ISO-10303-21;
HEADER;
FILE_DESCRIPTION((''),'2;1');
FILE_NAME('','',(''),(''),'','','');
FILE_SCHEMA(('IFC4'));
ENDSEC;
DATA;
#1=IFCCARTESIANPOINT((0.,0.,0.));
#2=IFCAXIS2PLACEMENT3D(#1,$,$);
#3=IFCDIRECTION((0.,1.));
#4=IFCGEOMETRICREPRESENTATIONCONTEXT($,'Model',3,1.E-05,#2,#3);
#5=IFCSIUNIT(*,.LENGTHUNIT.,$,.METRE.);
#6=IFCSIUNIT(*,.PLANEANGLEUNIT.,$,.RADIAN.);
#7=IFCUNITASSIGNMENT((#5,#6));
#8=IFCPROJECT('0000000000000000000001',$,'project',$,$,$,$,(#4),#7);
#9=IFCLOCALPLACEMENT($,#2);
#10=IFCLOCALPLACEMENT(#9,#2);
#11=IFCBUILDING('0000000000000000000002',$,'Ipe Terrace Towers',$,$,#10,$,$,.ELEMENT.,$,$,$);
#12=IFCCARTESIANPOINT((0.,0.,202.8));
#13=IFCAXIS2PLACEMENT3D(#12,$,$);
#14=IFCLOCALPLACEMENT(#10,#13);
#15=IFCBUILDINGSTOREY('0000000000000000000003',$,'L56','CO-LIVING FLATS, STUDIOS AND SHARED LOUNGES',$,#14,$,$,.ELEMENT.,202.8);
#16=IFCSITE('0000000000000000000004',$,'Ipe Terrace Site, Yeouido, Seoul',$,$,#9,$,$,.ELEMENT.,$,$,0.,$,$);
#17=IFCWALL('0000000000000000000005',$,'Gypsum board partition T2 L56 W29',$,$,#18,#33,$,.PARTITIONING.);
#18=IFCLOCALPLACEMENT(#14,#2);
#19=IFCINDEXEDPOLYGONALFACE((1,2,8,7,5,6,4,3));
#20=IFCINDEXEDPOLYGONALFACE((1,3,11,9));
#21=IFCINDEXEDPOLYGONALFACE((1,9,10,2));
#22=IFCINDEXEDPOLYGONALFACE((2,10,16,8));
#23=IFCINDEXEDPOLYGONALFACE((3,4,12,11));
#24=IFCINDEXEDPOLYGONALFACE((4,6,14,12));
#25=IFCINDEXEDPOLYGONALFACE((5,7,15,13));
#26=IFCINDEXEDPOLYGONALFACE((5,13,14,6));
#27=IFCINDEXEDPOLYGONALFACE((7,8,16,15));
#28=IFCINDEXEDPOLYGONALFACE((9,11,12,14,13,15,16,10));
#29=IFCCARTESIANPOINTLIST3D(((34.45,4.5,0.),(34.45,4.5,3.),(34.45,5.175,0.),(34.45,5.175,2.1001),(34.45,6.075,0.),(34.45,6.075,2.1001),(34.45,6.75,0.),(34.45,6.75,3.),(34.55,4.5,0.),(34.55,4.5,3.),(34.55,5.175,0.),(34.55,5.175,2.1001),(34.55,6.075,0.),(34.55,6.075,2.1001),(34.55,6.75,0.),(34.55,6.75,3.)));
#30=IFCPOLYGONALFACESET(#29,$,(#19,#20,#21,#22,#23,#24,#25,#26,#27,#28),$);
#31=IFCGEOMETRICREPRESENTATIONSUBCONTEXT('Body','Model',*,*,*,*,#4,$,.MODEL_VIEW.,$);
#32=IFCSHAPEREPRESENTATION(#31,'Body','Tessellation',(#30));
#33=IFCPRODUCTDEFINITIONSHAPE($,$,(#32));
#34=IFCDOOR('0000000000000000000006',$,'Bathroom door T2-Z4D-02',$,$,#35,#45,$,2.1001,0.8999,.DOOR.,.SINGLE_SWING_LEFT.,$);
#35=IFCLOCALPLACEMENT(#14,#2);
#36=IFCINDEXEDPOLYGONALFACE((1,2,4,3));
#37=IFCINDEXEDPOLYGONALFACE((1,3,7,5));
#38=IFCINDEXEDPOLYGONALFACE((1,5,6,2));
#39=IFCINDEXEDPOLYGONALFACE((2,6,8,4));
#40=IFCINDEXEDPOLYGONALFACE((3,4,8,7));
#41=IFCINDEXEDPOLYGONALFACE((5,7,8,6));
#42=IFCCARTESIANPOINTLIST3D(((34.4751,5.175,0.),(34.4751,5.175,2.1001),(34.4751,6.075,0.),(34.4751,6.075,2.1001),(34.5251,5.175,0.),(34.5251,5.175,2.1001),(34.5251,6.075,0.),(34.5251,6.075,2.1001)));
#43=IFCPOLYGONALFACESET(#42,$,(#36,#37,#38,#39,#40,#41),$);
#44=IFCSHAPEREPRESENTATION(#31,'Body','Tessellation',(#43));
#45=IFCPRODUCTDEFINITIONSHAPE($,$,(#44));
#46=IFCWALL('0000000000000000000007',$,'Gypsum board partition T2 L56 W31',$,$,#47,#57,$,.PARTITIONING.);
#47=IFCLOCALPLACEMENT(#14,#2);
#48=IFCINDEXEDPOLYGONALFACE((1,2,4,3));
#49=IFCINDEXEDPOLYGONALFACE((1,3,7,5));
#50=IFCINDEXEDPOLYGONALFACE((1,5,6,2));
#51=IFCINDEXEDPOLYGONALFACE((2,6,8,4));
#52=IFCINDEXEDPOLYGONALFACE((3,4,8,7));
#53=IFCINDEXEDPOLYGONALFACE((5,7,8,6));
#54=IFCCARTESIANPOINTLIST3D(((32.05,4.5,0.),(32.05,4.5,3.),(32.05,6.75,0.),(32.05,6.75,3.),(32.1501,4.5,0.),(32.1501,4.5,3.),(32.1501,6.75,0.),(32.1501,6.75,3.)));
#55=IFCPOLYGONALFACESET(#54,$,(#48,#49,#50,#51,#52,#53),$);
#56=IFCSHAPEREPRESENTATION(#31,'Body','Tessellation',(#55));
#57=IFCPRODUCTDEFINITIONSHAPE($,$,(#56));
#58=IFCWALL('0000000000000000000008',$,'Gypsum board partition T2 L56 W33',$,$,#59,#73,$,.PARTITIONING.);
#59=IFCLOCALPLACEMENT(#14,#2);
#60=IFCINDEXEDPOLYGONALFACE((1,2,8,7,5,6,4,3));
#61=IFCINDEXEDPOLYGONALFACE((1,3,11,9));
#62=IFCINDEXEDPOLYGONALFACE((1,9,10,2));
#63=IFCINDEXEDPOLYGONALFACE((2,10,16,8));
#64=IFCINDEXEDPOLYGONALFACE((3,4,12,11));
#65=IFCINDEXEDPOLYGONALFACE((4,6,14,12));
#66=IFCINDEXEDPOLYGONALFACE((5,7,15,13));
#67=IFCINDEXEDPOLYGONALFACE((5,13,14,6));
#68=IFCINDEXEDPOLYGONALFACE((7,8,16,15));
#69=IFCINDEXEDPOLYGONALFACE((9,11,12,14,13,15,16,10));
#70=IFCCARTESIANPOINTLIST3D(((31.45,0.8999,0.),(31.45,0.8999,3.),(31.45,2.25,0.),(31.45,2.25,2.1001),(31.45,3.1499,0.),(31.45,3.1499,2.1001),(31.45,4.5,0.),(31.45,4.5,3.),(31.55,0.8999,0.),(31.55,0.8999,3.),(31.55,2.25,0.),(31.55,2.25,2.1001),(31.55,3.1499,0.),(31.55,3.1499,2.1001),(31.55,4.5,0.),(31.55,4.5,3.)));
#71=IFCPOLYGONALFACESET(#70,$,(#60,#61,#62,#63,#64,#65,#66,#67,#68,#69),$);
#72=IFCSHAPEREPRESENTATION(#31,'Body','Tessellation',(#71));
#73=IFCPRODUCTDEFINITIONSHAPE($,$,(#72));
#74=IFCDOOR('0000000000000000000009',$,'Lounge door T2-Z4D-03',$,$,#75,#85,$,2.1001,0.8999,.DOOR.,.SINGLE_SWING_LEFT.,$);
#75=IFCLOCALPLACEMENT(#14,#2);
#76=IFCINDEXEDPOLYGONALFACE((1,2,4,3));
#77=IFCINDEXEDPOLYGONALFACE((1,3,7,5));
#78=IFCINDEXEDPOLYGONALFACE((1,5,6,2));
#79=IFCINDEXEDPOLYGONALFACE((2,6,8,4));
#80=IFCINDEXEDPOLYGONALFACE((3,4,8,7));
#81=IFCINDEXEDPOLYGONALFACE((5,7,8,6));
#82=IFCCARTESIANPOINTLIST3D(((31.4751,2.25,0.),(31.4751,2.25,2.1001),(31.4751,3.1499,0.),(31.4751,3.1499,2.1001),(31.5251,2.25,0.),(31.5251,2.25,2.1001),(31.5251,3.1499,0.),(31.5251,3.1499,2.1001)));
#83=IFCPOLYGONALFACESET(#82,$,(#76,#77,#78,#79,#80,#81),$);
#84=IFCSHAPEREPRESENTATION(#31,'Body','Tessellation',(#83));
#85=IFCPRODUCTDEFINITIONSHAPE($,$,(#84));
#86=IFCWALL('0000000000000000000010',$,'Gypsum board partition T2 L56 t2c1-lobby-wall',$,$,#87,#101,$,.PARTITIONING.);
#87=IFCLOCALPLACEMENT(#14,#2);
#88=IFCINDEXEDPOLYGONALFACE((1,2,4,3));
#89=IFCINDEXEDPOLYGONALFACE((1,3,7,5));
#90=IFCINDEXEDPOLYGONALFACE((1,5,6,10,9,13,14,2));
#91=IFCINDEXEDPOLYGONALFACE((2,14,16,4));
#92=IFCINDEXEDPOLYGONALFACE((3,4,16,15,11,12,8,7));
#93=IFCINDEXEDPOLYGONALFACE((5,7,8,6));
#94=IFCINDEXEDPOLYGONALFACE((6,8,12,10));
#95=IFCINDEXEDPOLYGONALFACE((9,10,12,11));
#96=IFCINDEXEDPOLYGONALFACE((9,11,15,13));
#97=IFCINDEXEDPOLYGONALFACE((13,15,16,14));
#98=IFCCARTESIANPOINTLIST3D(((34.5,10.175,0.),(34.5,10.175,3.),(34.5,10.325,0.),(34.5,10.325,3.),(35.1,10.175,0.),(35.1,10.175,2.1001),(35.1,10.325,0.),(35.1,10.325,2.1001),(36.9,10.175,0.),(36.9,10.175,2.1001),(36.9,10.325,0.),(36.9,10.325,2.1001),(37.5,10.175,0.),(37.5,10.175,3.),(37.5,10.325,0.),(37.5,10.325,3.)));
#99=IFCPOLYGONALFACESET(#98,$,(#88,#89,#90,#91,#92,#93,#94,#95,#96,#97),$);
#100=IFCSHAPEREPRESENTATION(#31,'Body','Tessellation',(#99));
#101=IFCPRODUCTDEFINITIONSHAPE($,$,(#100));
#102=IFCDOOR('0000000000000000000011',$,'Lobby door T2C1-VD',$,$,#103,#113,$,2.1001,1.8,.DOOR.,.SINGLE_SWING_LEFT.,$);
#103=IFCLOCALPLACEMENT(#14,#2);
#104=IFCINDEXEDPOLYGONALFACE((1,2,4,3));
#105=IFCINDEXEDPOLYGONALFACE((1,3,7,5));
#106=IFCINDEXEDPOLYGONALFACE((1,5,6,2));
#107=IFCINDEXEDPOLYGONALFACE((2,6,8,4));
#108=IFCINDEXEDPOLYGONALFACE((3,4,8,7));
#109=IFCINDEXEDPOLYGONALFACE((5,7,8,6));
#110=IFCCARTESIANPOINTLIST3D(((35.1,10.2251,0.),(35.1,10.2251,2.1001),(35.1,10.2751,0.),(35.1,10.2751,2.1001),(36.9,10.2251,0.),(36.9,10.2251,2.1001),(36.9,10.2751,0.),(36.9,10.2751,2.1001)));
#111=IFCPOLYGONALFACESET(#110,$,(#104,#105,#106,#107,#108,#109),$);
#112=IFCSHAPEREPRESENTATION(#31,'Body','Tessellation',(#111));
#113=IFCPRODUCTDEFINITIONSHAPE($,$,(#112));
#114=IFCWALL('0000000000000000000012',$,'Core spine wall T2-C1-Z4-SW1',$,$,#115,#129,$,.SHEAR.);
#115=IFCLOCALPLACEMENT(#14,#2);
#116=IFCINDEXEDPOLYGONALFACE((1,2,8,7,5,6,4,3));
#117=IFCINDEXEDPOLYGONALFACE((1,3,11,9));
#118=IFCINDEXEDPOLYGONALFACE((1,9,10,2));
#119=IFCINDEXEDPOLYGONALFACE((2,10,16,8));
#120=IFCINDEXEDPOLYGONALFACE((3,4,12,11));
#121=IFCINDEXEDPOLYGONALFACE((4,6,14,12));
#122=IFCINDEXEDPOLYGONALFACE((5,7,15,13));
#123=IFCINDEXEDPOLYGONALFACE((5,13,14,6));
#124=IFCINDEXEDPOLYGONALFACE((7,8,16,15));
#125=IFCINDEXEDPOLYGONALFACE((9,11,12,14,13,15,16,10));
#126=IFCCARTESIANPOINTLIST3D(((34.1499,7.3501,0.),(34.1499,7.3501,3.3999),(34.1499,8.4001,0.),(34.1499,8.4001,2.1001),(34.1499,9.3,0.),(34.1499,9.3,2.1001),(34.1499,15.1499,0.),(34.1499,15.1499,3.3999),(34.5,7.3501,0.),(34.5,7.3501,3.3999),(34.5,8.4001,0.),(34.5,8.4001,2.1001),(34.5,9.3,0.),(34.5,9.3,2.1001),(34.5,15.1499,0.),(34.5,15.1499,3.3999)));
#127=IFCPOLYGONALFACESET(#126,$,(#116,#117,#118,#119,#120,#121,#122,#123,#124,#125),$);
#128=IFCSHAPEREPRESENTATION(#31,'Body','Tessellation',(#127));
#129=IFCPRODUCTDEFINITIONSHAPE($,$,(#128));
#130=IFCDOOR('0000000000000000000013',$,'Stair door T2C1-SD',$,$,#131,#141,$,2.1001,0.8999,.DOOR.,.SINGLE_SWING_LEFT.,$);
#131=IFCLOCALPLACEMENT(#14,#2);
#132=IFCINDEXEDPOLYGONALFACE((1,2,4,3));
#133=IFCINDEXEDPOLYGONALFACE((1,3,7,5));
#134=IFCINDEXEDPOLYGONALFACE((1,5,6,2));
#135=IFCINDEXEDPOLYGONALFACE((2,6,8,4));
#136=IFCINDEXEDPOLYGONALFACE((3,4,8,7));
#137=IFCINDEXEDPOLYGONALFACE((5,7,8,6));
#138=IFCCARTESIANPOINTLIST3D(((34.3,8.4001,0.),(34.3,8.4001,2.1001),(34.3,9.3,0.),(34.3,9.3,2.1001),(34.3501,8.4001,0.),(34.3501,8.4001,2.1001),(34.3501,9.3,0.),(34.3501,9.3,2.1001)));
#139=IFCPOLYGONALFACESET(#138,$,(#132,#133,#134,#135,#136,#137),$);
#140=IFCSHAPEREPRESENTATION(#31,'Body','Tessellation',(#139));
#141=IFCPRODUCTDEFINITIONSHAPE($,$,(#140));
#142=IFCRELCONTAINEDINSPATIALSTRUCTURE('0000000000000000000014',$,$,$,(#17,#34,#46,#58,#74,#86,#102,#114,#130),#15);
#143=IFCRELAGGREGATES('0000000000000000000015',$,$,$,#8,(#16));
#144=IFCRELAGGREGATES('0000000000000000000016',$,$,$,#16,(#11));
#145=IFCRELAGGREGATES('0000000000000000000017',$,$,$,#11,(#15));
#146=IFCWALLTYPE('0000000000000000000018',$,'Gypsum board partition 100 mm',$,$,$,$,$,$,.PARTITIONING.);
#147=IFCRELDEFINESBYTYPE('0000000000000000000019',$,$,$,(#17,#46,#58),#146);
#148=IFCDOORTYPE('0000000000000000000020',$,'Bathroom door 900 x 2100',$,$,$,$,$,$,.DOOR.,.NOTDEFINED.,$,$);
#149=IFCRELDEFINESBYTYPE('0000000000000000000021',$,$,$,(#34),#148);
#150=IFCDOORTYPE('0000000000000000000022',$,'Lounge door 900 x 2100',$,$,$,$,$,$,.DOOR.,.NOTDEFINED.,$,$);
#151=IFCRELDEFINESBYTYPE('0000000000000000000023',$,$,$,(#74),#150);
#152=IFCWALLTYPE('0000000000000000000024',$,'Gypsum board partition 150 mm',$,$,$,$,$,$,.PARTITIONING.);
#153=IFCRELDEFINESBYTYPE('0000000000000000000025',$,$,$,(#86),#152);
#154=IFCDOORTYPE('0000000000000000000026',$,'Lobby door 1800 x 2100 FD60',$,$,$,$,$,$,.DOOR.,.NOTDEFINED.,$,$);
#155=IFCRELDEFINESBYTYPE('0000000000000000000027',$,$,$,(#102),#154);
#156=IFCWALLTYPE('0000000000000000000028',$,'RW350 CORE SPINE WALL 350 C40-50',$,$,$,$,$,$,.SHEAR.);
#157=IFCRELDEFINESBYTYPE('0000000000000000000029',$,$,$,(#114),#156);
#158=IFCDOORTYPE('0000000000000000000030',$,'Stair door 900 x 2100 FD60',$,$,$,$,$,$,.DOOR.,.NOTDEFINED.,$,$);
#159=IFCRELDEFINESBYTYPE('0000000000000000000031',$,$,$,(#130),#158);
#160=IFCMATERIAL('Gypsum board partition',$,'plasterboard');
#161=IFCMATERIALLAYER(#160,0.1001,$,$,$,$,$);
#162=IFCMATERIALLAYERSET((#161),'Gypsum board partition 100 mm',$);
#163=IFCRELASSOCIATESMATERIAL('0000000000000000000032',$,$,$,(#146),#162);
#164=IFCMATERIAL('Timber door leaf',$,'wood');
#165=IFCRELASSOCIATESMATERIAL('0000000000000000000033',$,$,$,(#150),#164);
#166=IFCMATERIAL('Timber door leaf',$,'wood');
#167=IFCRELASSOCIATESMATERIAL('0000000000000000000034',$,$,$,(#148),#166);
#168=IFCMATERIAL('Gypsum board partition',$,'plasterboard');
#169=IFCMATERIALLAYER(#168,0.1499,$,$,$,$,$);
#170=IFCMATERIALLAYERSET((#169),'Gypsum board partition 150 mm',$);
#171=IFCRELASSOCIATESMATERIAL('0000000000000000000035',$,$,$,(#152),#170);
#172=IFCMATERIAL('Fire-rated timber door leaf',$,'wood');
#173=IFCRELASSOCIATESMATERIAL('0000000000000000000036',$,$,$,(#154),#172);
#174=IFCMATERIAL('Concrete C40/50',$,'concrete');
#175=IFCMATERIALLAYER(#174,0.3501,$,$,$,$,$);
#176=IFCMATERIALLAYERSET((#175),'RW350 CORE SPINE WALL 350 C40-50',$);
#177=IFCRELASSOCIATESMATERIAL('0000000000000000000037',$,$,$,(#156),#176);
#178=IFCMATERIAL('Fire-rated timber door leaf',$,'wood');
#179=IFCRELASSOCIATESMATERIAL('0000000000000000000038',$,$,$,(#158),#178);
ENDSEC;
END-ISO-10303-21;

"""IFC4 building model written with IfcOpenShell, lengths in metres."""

from ifc_helpers import new_model, si_unit, direction, frame, frame_2d, origin, place, context, subcontext, project, spatial, rectangle, extrude, material, layer, layer_set, type_object, element, fill, save


model = new_model("IFC4")

# Units and contexts
model_context = context("Model", 3, precision=1e-05, world=origin(), true_north=direction((0.0, 1.0)))
body_context = subcontext(model_context, "Body", "Model", "MODEL_VIEW")
ifc_project = project(units=[si_unit("LENGTHUNIT", "METRE"), si_unit("PLANEANGLEUNIT", "RADIAN")], contexts=[model_context])

# Site, building, storey
site_placement = place(None, origin())
site = spatial("IfcSite", under=ifc_project, at=site_placement, Name="Ipe Terrace Site, Yeouido, Seoul", CompositionType="ELEMENT", RefElevation=0.0)
building_placement = place(site_placement, origin())
building = spatial("IfcBuilding", under=site, at=building_placement, Name="Ipe Terrace Towers", CompositionType="ELEMENT")
storey_placement = place(building_placement, frame((0.0, 0.0, 202.8)))
storey = spatial("IfcBuildingStorey", under=building, at=storey_placement, Name="L56", Description="CO-LIVING FLATS, STUDIOS AND SHARED LOUNGES", CompositionType="ELEMENT", Elevation=202.8)

# Shared definitions
ifc_material_1 = material(Name="Gypsum board partition", Category="plasterboard")
ifc_layer_1 = layer(ifc_material_1, 0.1001)
ifc_layer_set_1 = layer_set([ifc_layer_1], Name="Gypsum board partition 100 mm")
wall_type_1 = type_object("IfcWallType", Name="Gypsum board partition 100 mm", PredefinedType="PARTITIONING", material=ifc_layer_set_1)

# Shared definitions
ifc_material_2 = material(Name="Timber door leaf", Category="wood")
door_type_1 = type_object("IfcDoorType", Name="Lounge door 900 x 2100", OperationType="NOTDEFINED", PredefinedType="DOOR", material=ifc_material_2)

# Wall, opening, door
wall_1_placement = place(storey_placement, frame((34.5, 4.5, 0.0), z_axis=(0.0, 0.0, 1.0), x_axis=(0.0, 1.0, 0.0)))
wall_1 = element("IfcWall", 1, at=wall_1_placement, inside=storey, type_object=wall_type_1, Name="Gypsum board partition T2 L56 W29", PredefinedType="PARTITIONING", context=body_context, shape_type="SweptSolid", body=[
    extrude(rectangle(XDim=2.25, YDim=0.1001, at=frame_2d((1.125, 0.0))), origin(), (0.0, 0.0, 1.0), 3.0),
])
opening_1_placement = place(wall_1_placement, frame((0.675, 0.0, 0.0)))
opening_1 = element("IfcOpeningElement", 2, at=opening_1_placement, cuts=wall_1, PredefinedType="OPENING", context=body_context, shape_type="SweptSolid", body=[
    extrude(rectangle(XDim=0.8999, YDim=2.1001, at=frame_2d((0.45, 1.05))), frame((0.0, 0.0601, 0.0), z_axis=(0.0, -1.0, 0.0), x_axis=(1.0, 0.0, 0.0)), (0.0, 0.0, 1.0), 0.1201),
])
ifc_material_3 = material(Name="Timber door leaf", Category="wood")
door_type_2 = type_object("IfcDoorType", Name="Bathroom door 900 x 2100", OperationType="NOTDEFINED", PredefinedType="DOOR", material=ifc_material_3)
door_1_placement = place(opening_1_placement, origin())
door_1 = element("IfcDoor", 3, at=door_1_placement, inside=storey, type_object=door_type_2, Name="Bathroom door T2-Z4D-02", OperationType="SINGLE_SWING_LEFT", OverallHeight=2.1001, OverallWidth=0.8999, PredefinedType="DOOR", context=body_context, shape_type="SweptSolid", body=[
    extrude(rectangle(XDim=0.8999, YDim=2.1001, at=frame_2d((0.45, 1.05))), frame((0.0, 0.0249, 0.0), z_axis=(0.0, -1.0, 0.0), x_axis=(1.0, 0.0, 0.0)), (0.0, 0.0, 1.0), 0.05),
])
fill(opening_1, door_1)

# Wall
wall_2_placement = place(storey_placement, frame((32.1001, 4.5, 0.0), z_axis=(0.0, 0.0, 1.0), x_axis=(0.0, 1.0, 0.0)))
element("IfcWall", 4, at=wall_2_placement, inside=storey, type_object=wall_type_1, Name="Gypsum board partition T2 L56 W31", PredefinedType="PARTITIONING", context=body_context, shape_type="SweptSolid", body=[
    extrude(rectangle(XDim=2.25, YDim=0.1001, at=frame_2d((1.125, 0.0))), origin(), (0.0, 0.0, 1.0), 3.0),
])

# Walls, openings, doors
wall_3_placement = place(storey_placement, frame((31.5, 0.8999, 0.0), z_axis=(0.0, 0.0, 1.0), x_axis=(0.0, 1.0, 0.0)))
wall_3 = element("IfcWall", 5, at=wall_3_placement, inside=storey, type_object=wall_type_1, Name="Gypsum board partition T2 L56 W33", PredefinedType="PARTITIONING", context=body_context, shape_type="SweptSolid", body=[
    extrude(rectangle(XDim=3.6001, YDim=0.1001, at=frame_2d((1.8, 0.0))), origin(), (0.0, 0.0, 1.0), 3.0),
])
opening_2_placement = place(wall_3_placement, frame((1.3501, 0.0, 0.0)))
opening_2 = element("IfcOpeningElement", 6, at=opening_2_placement, cuts=wall_3, PredefinedType="OPENING", context=body_context, shape_type="SweptSolid", body=[
    extrude(rectangle(XDim=0.8999, YDim=2.1001, at=frame_2d((0.45, 1.05))), frame((0.0, 0.0601, 0.0), z_axis=(0.0, -1.0, 0.0), x_axis=(1.0, 0.0, 0.0)), (0.0, 0.0, 1.0), 0.1201),
])
door_2_placement = place(opening_2_placement, origin())
door_2 = element("IfcDoor", 7, at=door_2_placement, inside=storey, type_object=door_type_1, Name="Lounge door T2-Z4D-03", OperationType="SINGLE_SWING_LEFT", OverallHeight=2.1001, OverallWidth=0.8999, PredefinedType="DOOR", context=body_context, shape_type="SweptSolid", body=[
    extrude(rectangle(XDim=0.8999, YDim=2.1001, at=frame_2d((0.45, 1.05))), frame((0.0, 0.0249, 0.0), z_axis=(0.0, -1.0, 0.0), x_axis=(1.0, 0.0, 0.0)), (0.0, 0.0, 1.0), 0.05),
])
fill(opening_2, door_2)
ifc_material_4 = material(Name="Gypsum board partition", Category="plasterboard")
ifc_layer_2 = layer(ifc_material_4, 0.1499)
ifc_layer_set_2 = layer_set([ifc_layer_2], Name="Gypsum board partition 150 mm")
wall_type_2 = type_object("IfcWallType", Name="Gypsum board partition 150 mm", PredefinedType="PARTITIONING", material=ifc_layer_set_2)
wall_4_placement = place(storey_placement, frame((37.5, 10.25, 0.0), z_axis=(0.0, 0.0, 1.0), x_axis=(-1.0, 0.0, 0.0)))
wall_4 = element("IfcWall", 8, at=wall_4_placement, inside=storey, type_object=wall_type_2, Name="Gypsum board partition T2 L56 t2c1-lobby-wall", PredefinedType="PARTITIONING", context=body_context, shape_type="SweptSolid", body=[
    extrude(rectangle(XDim=3.0, YDim=0.1499, at=frame_2d((1.5, 0.0))), origin(), (0.0, 0.0, 1.0), 3.0),
])
opening_3_placement = place(wall_4_placement, frame((0.6001, 0.0, 0.0)))
opening_3 = element("IfcOpeningElement", 9, at=opening_3_placement, cuts=wall_4, PredefinedType="OPENING", context=body_context, shape_type="SweptSolid", body=[
    extrude(rectangle(XDim=1.8, YDim=2.1001, at=frame_2d((0.8999, 1.05))), frame((0.0, 0.085, 0.0), z_axis=(0.0, -1.0, 0.0), x_axis=(1.0, 0.0, 0.0)), (0.0, 0.0, 1.0), 0.1699),
])
ifc_material_5 = material(Name="Fire-rated timber door leaf", Category="wood")
door_type_3 = type_object("IfcDoorType", Name="Lobby door 1800 x 2100 FD60", OperationType="NOTDEFINED", PredefinedType="DOOR", material=ifc_material_5)
door_3_placement = place(opening_3_placement, origin())
door_3 = element("IfcDoor", 10, at=door_3_placement, inside=storey, type_object=door_type_3, Name="Lobby door T2C1-VD", OperationType="SINGLE_SWING_LEFT", OverallHeight=2.1001, OverallWidth=1.8, PredefinedType="DOOR", context=body_context, shape_type="SweptSolid", body=[
    extrude(rectangle(XDim=1.8, YDim=2.1001, at=frame_2d((0.8999, 1.05))), frame((0.0, 0.0249, 0.0), z_axis=(0.0, -1.0, 0.0), x_axis=(1.0, 0.0, 0.0)), (0.0, 0.0, 1.0), 0.05),
])
fill(opening_3, door_3)
ifc_material_6 = material(Name="Concrete C40/50", Category="concrete")
ifc_layer_3 = layer(ifc_material_6, 0.3501)
ifc_layer_set_3 = layer_set([ifc_layer_3], Name="RW350 CORE SPINE WALL 350 C40-50")
wall_type_3 = type_object("IfcWallType", Name="RW350 CORE SPINE WALL 350 C40-50", PredefinedType="SHEAR", material=ifc_layer_set_3)
wall_5_placement = place(storey_placement, frame((34.325, 7.3501, 0.0), z_axis=(0.0, 0.0, 1.0), x_axis=(0.0, 1.0, 0.0)))
wall_5 = element("IfcWall", 11, at=wall_5_placement, inside=storey, type_object=wall_type_3, Name="Core spine wall T2-C1-Z4-SW1", PredefinedType="SHEAR", context=body_context, shape_type="SweptSolid", body=[
    extrude(rectangle(XDim=7.7998, YDim=0.3501, at=frame_2d((3.8999, 0.0))), origin(), (0.0, 0.0, 1.0), 3.3999),
])
opening_4_placement = place(wall_5_placement, frame((1.05, 0.0, 0.0)))
opening_4 = element("IfcOpeningElement", 12, at=opening_4_placement, cuts=wall_5, PredefinedType="OPENING", context=body_context, shape_type="SweptSolid", body=[
    extrude(rectangle(XDim=0.8999, YDim=2.1001, at=frame_2d((0.45, 1.05))), frame((0.0, 0.1851, 0.0), z_axis=(0.0, -1.0, 0.0), x_axis=(1.0, 0.0, 0.0)), (0.0, 0.0, 1.0), 0.3701),
])
ifc_material_7 = material(Name="Fire-rated timber door leaf", Category="wood")
door_type_4 = type_object("IfcDoorType", Name="Stair door 900 x 2100 FD60", OperationType="NOTDEFINED", PredefinedType="DOOR", material=ifc_material_7)
door_4_placement = place(opening_4_placement, origin())
door_4 = element("IfcDoor", 13, at=door_4_placement, inside=storey, type_object=door_type_4, Name="Stair door T2C1-SD", OperationType="SINGLE_SWING_LEFT", OverallHeight=2.1001, OverallWidth=0.8999, PredefinedType="DOOR", context=body_context, shape_type="SweptSolid", body=[
    extrude(rectangle(XDim=0.8999, YDim=2.1001, at=frame_2d((0.45, 1.05))), frame((0.0, 0.0249, 0.0), z_axis=(0.0, -1.0, 0.0), x_axis=(1.0, 0.0, 0.0)), (0.0, 0.0, 1.0), 0.05),
])
fill(opening_4, door_4)

save(model, "model.ifc")
